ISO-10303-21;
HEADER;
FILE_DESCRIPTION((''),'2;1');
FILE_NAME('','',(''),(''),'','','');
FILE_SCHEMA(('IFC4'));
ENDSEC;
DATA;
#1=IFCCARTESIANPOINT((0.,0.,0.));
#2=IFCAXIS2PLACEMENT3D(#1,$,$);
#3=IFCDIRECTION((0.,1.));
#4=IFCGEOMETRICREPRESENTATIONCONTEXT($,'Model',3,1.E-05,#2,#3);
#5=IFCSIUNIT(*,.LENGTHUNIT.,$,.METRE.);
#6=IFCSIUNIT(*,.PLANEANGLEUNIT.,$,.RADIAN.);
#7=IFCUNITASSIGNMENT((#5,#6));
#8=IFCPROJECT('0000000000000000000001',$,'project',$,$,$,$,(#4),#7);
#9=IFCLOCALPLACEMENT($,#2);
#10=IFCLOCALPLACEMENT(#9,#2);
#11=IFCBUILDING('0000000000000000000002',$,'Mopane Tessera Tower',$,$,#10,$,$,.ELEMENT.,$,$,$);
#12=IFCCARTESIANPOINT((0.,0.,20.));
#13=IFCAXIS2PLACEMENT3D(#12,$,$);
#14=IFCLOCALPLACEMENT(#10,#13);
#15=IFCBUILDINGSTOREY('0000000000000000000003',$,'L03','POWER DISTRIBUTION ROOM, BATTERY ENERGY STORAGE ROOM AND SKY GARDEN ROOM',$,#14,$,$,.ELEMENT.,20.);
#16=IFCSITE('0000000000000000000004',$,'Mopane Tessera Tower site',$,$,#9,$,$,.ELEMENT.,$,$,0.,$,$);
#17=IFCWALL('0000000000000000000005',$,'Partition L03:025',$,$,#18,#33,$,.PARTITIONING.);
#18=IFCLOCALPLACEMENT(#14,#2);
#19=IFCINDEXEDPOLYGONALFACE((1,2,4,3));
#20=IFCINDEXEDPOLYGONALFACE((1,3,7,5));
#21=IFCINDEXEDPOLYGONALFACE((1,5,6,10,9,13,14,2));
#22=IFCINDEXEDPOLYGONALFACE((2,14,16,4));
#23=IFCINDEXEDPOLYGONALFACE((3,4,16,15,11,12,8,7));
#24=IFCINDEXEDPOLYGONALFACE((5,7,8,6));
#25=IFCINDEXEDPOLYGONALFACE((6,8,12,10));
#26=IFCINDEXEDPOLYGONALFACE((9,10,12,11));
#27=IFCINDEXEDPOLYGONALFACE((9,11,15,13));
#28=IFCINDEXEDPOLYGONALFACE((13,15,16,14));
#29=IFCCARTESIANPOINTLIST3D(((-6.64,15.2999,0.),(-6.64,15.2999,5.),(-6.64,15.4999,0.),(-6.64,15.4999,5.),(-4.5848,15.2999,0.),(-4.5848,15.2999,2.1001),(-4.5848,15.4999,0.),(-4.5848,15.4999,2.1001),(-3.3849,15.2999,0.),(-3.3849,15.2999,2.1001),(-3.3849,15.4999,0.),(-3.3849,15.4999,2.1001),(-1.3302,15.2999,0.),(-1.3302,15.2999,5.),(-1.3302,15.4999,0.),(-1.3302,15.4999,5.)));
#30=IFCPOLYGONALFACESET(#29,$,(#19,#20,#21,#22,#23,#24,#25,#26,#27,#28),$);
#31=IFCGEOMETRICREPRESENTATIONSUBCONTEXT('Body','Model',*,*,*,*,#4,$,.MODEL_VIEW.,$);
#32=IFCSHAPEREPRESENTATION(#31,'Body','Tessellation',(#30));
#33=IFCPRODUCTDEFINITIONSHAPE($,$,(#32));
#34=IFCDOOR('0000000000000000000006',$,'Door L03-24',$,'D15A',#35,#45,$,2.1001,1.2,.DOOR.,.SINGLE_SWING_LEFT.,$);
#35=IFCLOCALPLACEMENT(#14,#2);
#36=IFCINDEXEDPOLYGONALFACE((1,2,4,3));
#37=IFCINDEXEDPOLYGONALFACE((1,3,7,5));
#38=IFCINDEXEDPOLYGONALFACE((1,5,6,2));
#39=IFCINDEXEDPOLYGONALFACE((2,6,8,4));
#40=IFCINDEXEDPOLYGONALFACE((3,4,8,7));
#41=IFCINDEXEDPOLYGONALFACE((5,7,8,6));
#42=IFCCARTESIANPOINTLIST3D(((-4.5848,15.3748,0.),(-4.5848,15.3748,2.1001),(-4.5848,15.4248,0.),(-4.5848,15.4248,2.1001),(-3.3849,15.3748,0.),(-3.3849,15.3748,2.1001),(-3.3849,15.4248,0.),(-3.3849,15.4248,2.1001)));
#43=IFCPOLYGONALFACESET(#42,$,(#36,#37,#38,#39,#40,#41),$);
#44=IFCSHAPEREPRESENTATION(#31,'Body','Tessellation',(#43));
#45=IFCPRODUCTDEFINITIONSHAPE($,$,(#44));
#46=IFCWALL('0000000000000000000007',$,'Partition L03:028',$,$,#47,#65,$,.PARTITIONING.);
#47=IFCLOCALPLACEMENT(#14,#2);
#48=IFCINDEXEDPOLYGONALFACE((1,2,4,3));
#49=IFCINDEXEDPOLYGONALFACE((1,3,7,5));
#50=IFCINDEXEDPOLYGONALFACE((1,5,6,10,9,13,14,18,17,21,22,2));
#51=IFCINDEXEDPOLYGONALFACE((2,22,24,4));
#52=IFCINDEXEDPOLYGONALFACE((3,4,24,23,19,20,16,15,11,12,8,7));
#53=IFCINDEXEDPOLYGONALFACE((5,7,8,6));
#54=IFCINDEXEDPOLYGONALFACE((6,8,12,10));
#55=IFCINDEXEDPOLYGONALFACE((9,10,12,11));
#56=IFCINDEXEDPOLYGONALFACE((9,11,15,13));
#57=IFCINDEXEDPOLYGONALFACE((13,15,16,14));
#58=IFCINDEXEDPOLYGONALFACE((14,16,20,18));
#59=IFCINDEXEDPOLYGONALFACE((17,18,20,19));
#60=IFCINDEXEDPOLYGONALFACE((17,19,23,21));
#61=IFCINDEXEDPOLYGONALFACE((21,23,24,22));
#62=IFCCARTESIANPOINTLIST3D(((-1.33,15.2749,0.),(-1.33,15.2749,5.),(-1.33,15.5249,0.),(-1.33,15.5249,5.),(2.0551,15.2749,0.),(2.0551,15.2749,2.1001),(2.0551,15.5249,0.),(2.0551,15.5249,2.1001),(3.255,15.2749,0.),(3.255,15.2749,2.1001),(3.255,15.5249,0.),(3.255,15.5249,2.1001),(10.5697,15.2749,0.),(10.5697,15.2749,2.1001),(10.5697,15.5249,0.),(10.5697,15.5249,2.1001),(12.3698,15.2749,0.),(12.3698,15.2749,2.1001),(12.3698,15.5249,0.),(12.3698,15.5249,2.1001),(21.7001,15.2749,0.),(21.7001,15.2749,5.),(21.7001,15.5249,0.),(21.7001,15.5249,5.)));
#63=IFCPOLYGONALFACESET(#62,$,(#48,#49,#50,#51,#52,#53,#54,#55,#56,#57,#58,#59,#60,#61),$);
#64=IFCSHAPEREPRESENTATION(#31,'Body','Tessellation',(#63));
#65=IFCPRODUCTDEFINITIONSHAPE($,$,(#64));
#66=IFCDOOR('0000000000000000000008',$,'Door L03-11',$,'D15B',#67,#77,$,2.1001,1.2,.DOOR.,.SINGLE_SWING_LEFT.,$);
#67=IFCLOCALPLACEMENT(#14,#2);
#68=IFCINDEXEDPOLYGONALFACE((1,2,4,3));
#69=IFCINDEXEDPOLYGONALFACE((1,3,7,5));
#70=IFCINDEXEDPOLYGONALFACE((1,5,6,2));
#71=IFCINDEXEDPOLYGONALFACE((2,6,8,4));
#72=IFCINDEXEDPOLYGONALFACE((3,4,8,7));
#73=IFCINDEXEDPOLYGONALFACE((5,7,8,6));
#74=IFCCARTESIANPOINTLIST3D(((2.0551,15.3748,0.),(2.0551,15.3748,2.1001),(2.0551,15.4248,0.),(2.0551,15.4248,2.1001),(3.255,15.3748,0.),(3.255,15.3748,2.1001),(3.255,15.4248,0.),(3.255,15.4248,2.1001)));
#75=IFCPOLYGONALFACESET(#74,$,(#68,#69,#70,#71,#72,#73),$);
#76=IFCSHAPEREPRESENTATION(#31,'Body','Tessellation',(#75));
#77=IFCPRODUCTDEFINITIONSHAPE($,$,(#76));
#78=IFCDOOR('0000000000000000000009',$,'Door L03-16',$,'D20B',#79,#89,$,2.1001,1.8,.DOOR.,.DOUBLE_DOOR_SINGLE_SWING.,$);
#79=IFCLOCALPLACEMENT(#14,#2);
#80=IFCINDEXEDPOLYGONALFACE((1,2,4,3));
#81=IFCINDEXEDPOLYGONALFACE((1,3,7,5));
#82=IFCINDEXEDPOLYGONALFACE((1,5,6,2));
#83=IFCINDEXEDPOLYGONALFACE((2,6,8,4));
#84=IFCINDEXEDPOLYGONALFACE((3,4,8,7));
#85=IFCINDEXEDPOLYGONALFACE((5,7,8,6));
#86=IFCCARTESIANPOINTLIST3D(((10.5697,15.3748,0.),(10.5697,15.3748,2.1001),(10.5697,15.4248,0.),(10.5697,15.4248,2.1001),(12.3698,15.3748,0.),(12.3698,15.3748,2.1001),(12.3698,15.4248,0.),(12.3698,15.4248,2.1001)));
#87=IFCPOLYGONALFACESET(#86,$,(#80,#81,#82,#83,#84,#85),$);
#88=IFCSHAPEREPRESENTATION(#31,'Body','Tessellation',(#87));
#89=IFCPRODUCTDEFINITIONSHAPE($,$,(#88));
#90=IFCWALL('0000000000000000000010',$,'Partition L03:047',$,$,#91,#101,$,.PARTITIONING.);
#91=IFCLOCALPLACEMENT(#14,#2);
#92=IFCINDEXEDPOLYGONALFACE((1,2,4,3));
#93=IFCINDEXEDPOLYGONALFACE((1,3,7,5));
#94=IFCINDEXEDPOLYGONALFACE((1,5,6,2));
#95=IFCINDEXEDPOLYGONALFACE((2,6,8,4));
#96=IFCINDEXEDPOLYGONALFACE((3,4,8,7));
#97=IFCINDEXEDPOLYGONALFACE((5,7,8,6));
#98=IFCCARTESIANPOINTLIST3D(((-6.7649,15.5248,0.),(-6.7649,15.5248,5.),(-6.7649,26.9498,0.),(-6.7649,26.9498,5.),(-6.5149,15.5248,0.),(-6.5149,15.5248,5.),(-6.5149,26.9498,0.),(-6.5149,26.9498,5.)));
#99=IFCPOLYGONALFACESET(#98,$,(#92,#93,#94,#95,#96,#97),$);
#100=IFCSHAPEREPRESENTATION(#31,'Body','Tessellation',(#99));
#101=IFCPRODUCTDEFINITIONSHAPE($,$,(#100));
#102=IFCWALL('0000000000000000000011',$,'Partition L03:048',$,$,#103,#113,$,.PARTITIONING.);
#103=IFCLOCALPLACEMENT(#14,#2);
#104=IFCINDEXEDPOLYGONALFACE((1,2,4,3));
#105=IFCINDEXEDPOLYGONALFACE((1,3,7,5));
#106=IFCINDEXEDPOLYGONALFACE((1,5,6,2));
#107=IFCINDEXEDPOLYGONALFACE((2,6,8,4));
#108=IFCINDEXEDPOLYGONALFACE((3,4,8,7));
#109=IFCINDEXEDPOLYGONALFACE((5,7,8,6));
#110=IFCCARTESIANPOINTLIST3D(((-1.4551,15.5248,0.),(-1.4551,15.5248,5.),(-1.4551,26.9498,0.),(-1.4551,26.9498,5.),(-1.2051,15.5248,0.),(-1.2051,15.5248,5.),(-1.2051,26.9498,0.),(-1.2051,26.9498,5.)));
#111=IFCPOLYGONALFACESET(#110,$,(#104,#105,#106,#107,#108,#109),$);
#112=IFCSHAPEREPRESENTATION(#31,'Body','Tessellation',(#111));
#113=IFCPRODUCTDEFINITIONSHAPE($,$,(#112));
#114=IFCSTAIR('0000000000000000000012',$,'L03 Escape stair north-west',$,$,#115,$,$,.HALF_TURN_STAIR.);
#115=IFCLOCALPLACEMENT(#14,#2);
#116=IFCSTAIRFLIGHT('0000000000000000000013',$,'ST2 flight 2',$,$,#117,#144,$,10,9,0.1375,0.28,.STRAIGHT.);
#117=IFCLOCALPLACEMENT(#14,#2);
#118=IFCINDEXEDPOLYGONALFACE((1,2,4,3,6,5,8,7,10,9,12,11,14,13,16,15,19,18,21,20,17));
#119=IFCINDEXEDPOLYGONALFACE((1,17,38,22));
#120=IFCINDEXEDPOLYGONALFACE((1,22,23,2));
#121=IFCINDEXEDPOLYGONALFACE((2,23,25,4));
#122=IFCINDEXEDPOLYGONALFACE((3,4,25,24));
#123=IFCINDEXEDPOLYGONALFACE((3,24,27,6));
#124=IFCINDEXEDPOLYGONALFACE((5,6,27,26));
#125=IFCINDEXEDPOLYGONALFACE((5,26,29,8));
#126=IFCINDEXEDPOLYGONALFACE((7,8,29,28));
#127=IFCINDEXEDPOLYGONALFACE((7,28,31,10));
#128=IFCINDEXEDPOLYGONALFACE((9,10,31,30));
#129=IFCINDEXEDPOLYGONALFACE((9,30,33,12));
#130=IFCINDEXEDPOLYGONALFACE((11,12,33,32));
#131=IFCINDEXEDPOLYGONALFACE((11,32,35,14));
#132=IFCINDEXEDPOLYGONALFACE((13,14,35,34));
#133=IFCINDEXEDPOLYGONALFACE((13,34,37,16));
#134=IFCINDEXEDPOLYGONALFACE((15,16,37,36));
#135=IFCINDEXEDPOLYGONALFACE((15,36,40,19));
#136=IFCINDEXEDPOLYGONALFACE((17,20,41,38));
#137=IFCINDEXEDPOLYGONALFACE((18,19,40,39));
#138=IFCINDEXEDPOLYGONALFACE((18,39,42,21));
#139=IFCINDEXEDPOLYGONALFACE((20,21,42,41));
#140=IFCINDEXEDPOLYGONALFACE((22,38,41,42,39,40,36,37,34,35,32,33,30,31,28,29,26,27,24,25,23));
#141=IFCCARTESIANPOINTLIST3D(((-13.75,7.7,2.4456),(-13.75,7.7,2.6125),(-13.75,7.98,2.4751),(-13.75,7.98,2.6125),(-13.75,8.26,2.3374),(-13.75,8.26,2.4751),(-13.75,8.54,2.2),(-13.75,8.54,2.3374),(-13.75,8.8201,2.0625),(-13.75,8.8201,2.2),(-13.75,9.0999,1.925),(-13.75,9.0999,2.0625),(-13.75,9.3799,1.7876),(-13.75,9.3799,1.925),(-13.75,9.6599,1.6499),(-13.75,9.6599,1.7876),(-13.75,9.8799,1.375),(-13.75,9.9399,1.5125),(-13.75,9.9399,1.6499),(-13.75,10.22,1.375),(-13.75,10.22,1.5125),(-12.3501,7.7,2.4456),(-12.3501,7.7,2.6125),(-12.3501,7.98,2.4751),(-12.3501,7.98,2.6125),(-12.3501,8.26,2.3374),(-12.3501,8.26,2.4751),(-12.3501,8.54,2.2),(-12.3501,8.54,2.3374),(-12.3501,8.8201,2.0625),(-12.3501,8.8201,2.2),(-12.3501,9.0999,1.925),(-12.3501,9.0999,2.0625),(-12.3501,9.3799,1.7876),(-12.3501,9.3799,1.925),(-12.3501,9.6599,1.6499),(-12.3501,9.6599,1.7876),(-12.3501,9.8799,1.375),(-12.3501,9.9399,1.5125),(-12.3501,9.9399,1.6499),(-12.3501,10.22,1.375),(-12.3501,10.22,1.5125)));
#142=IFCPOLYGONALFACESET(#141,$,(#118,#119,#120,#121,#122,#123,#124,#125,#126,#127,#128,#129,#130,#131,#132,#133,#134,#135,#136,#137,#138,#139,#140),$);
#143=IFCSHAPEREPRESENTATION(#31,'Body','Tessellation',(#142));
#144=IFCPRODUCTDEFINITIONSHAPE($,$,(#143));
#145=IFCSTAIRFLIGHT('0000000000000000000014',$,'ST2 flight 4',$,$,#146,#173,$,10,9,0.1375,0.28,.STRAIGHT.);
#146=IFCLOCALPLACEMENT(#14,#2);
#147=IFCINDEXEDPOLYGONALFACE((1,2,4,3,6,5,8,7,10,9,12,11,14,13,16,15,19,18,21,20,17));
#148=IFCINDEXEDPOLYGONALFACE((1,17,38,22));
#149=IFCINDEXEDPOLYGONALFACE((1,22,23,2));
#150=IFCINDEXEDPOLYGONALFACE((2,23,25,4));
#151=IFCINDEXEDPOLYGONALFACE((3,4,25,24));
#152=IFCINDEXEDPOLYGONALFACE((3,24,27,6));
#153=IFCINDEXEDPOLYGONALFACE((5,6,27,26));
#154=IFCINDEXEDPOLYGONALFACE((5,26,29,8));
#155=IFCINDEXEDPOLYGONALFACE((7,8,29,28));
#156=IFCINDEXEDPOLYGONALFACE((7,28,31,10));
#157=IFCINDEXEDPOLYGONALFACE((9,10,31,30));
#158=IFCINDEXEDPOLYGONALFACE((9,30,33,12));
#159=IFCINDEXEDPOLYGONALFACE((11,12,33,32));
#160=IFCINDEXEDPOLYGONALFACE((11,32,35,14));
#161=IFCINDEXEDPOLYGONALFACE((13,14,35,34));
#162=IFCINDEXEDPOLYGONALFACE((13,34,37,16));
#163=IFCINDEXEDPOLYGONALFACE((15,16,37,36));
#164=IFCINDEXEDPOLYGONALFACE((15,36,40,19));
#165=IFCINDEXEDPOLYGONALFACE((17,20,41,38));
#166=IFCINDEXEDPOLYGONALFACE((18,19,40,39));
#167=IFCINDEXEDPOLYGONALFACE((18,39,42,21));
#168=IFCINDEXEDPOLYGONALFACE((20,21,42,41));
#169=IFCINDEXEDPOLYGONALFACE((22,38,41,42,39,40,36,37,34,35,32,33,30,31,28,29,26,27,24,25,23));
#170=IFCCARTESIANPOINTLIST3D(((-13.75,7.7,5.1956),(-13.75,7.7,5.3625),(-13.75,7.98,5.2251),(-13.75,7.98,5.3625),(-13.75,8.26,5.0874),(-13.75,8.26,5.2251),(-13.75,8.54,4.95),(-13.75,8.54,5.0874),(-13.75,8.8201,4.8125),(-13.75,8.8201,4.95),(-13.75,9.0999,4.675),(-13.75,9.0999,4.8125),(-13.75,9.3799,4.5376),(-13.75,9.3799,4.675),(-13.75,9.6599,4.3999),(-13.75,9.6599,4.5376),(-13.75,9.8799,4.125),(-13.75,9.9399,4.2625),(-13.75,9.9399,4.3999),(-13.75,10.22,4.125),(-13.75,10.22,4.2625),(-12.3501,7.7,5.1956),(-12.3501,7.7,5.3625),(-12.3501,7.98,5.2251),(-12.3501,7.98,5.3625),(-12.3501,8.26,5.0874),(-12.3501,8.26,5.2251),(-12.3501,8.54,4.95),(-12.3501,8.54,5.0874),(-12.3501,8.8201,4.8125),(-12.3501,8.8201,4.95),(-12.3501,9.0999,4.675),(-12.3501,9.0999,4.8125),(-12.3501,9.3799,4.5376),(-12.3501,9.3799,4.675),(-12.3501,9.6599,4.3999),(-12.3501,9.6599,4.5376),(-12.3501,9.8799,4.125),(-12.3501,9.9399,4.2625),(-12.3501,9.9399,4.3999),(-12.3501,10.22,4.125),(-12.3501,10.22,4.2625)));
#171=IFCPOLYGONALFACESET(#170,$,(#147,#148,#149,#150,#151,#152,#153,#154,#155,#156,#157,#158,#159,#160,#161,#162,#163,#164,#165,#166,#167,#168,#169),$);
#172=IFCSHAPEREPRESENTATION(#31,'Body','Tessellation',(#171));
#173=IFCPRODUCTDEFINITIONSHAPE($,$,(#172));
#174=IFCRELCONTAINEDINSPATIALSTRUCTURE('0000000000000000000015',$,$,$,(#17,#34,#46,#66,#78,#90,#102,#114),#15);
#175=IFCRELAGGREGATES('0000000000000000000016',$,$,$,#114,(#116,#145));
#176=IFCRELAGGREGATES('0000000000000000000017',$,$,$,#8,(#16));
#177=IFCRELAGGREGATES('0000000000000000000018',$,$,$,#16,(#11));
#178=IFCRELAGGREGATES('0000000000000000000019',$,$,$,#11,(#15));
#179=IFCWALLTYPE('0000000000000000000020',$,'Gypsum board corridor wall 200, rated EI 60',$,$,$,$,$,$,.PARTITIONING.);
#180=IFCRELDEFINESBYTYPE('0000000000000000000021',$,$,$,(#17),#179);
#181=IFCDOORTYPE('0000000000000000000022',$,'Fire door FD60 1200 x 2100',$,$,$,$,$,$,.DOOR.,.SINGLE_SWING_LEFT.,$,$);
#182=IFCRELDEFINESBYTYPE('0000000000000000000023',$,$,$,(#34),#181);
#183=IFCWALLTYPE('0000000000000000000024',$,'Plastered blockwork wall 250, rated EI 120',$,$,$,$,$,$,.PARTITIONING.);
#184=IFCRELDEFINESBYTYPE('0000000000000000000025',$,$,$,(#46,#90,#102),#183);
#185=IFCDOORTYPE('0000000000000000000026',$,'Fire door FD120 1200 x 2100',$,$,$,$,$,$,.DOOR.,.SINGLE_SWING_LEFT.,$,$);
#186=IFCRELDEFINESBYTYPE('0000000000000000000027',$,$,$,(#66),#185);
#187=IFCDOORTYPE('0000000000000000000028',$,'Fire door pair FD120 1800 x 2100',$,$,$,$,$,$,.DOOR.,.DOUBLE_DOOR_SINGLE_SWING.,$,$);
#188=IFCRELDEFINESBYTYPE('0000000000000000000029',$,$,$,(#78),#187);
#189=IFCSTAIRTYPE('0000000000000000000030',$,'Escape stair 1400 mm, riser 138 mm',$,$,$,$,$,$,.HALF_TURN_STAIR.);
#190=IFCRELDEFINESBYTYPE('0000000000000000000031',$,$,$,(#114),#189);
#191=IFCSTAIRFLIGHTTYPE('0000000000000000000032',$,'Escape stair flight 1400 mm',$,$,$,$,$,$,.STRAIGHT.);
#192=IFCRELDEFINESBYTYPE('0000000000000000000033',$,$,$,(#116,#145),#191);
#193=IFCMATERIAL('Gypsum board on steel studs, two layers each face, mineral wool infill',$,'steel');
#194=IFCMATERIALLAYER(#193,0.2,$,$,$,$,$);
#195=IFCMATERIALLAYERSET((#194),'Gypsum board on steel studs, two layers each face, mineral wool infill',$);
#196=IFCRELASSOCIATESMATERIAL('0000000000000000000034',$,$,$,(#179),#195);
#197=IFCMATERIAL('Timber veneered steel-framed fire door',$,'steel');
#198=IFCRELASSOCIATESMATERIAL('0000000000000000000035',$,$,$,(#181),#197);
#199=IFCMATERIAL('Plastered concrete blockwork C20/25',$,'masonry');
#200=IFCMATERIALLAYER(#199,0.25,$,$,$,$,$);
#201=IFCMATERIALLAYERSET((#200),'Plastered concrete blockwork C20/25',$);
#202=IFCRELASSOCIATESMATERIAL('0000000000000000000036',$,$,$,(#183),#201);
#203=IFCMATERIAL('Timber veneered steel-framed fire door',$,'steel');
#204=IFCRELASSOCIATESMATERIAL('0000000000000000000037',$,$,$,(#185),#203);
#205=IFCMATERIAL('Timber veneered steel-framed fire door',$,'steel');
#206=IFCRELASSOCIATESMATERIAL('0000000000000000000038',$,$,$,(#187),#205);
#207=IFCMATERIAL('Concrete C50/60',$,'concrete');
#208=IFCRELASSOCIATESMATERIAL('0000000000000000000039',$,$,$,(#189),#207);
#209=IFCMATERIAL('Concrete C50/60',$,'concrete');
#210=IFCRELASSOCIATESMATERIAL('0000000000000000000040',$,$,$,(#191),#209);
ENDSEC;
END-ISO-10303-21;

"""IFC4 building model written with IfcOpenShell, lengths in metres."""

from ifc_helpers import new_model, si_unit, direction, frame, frame_2d, origin, place, context, subcontext, project, spatial, polyline, rectangle, outline, extrude, material, layer, layer_set, type_object, element, fill, aggregate, save


model = new_model("IFC4")

# Units and contexts
model_context = context("Model", 3, precision=1e-05, world=origin(), true_north=direction((0.0, 1.0)))
body_context = subcontext(model_context, "Body", "Model", "MODEL_VIEW")
ifc_project = project(units=[si_unit("LENGTHUNIT", "METRE"), si_unit("PLANEANGLEUNIT", "RADIAN")], contexts=[model_context])

# Site, building, storey
site_placement = place(None, origin())
site = spatial("IfcSite", under=ifc_project, at=site_placement, Name="Mopane Tessera Tower site", CompositionType="ELEMENT", RefElevation=0.0)
building_placement = place(site_placement, origin())
building = spatial("IfcBuilding", under=site, at=building_placement, Name="Mopane Tessera Tower", CompositionType="ELEMENT")
storey_placement = place(building_placement, frame((0.0, 0.0, 20.0)))
storey = spatial("IfcBuildingStorey", under=building, at=storey_placement, Name="L03", Description="POWER DISTRIBUTION ROOM, BATTERY ENERGY STORAGE ROOM AND SKY GARDEN ROOM", CompositionType="ELEMENT", Elevation=20.0)

# Wall, opening, door
ifc_material_1 = material(Name="Gypsum board on steel studs, two layers each face, mineral wool infill", Category="steel")
ifc_layer_1 = layer(ifc_material_1, 0.2)
ifc_layer_set_1 = layer_set([ifc_layer_1], Name="Gypsum board on steel studs, two layers each face, mineral wool infill")
wall_type_1 = type_object("IfcWallType", Name="Gypsum board corridor wall 200, rated EI 60", PredefinedType="PARTITIONING", material=ifc_layer_set_1)
wall_1_placement = place(storey_placement, frame((-6.6399, 15.3999, 0.0), z_axis=(0.0, 0.0, 1.0), x_axis=(1.0, 0.0, 0.0)))
wall_1 = element("IfcWall", 1, at=wall_1_placement, inside=storey, type_object=wall_type_1, Name="Partition L03:025", PredefinedType="PARTITIONING", context=body_context, shape_type="SweptSolid", body=[
    extrude(rectangle(XDim=5.3098, YDim=0.2, at=frame_2d((2.6548, 0.0))), origin(), (0.0, 0.0, 1.0), 5.0),
])
opening_1_placement = place(wall_1_placement, frame((2.0549, 0.0, 0.0)))
opening_1 = element("IfcOpeningElement", 2, at=opening_1_placement, cuts=wall_1, PredefinedType="OPENING", context=body_context, shape_type="SweptSolid", body=[
    extrude(rectangle(XDim=1.2, YDim=2.1001, at=frame_2d((0.6001, 1.05))), frame((0.0, 0.1121, 0.0), z_axis=(0.0, -1.0, 0.0), x_axis=(1.0, 0.0, 0.0)), (0.0, 0.0, 1.0), 0.2239),
])
ifc_material_2 = material(Name="Timber veneered steel-framed fire door", Category="steel")
door_type_1 = type_object("IfcDoorType", Name="Fire door FD60 1200 x 2100", OperationType="SINGLE_SWING_LEFT", PredefinedType="DOOR", material=ifc_material_2)
door_1_placement = place(opening_1_placement, origin())
door_1 = element("IfcDoor", 3, at=door_1_placement, inside=storey, type_object=door_type_1, Name="Door L03-24", ObjectType="D15A", OperationType="SINGLE_SWING_LEFT", OverallHeight=2.1001, OverallWidth=1.2, PredefinedType="DOOR", context=body_context, shape_type="SweptSolid", body=[
    extrude(rectangle(XDim=1.2, YDim=2.1001, at=frame_2d((0.6001, 1.05))), frame((0.0, 0.0249, 0.0), z_axis=(0.0, -1.0, 0.0), x_axis=(1.0, 0.0, 0.0)), (0.0, 0.0, 1.0), 0.05),
])
fill(opening_1, door_1)

# Wall, openings, doors
ifc_material_3 = material(Name="Plastered concrete blockwork C20/25", Category="masonry")
ifc_layer_2 = layer(ifc_material_3, 0.25)
ifc_layer_set_2 = layer_set([ifc_layer_2], Name="Plastered concrete blockwork C20/25")
wall_type_2 = type_object("IfcWallType", Name="Plastered blockwork wall 250, rated EI 120", PredefinedType="PARTITIONING", material=ifc_layer_set_2)
wall_2_placement = place(storey_placement, frame((-1.3301, 15.3999, 0.0), z_axis=(0.0, 0.0, 1.0), x_axis=(1.0, 0.0, 0.0)))
wall_2 = element("IfcWall", 4, at=wall_2_placement, inside=storey, type_object=wall_type_2, Name="Partition L03:028", PredefinedType="PARTITIONING", context=body_context, shape_type="SweptSolid", body=[
    extrude(rectangle(XDim=23.03, YDim=0.25, at=frame_2d((11.5151, 0.0))), origin(), (0.0, 0.0, 1.0), 5.0),
])
opening_2_placement = place(wall_2_placement, frame((3.385, 0.0, 0.0)))
opening_2 = element("IfcOpeningElement", 5, at=opening_2_placement, cuts=wall_2, PredefinedType="OPENING", context=body_context, shape_type="SweptSolid", body=[
    extrude(rectangle(XDim=1.2, YDim=2.1001, at=frame_2d((0.6001, 1.05))), frame((0.0, 0.137, 0.0), z_axis=(0.0, -1.0, 0.0), x_axis=(1.0, 0.0, 0.0)), (0.0, 0.0, 1.0), 0.2739),
])
opening_3_placement = place(wall_2_placement, frame((11.8999, 0.0, 0.0)))
opening_3 = element("IfcOpeningElement", 6, at=opening_3_placement, cuts=wall_2, PredefinedType="OPENING", context=body_context, shape_type="SweptSolid", body=[
    extrude(rectangle(XDim=1.8, YDim=2.1001, at=frame_2d((0.8999, 1.05))), frame((0.0, 0.137, 0.0), z_axis=(0.0, -1.0, 0.0), x_axis=(1.0, 0.0, 0.0)), (0.0, 0.0, 1.0), 0.2739),
])
ifc_material_4 = material(Name="Timber veneered steel-framed fire door", Category="steel")
door_type_2 = type_object("IfcDoorType", Name="Fire door FD120 1200 x 2100", OperationType="SINGLE_SWING_LEFT", PredefinedType="DOOR", material=ifc_material_4)
door_2_placement = place(opening_2_placement, origin())
door_2 = element("IfcDoor", 7, at=door_2_placement, inside=storey, type_object=door_type_2, Name="Door L03-11", ObjectType="D15B", OperationType="SINGLE_SWING_LEFT", OverallHeight=2.1001, OverallWidth=1.2, PredefinedType="DOOR", context=body_context, shape_type="SweptSolid", body=[
    extrude(rectangle(XDim=1.2, YDim=2.1001, at=frame_2d((0.6001, 1.05))), frame((0.0, 0.0249, 0.0), z_axis=(0.0, -1.0, 0.0), x_axis=(1.0, 0.0, 0.0)), (0.0, 0.0, 1.0), 0.05),
])
fill(opening_2, door_2)
ifc_material_5 = material(Name="Timber veneered steel-framed fire door", Category="steel")
door_type_3 = type_object("IfcDoorType", Name="Fire door pair FD120 1800 x 2100", OperationType="DOUBLE_DOOR_SINGLE_SWING", PredefinedType="DOOR", material=ifc_material_5)
door_3_placement = place(opening_3_placement, origin())
door_3 = element("IfcDoor", 8, at=door_3_placement, inside=storey, type_object=door_type_3, Name="Door L03-16", ObjectType="D20B", OperationType="DOUBLE_DOOR_SINGLE_SWING", OverallHeight=2.1001, OverallWidth=1.8, PredefinedType="DOOR", context=body_context, shape_type="SweptSolid", body=[
    extrude(rectangle(XDim=1.8, YDim=2.1001, at=frame_2d((0.8999, 1.05))), frame((0.0, 0.0249, 0.0), z_axis=(0.0, -1.0, 0.0), x_axis=(1.0, 0.0, 0.0)), (0.0, 0.0, 1.0), 0.05),
])
fill(opening_3, door_3)

# Walls
for number, where, z_axis, x_axis, name in (
    (9, (-6.6399, 15.5249, 0.0), (0.0, 0.0, 1.0), (0.0, 1.0, 0.0), "Partition L03:047"),
    (10, (-1.3301, 15.5249, 0.0), (0.0, 0.0, 1.0), (0.0, 1.0, 0.0), "Partition L03:048"),
):
    element("IfcWall", number, at=place(storey_placement, frame(where, z_axis=z_axis, x_axis=x_axis)), inside=storey, type_object=wall_type_2, Name=name, PredefinedType="PARTITIONING", context=body_context, shape_type="SweptSolid", body=[
        extrude(rectangle(XDim=11.425, YDim=0.25, at=frame_2d((5.7124, 0.0))), origin(), (0.0, 0.0, 1.0), 5.0),
    ])

# Stair, stair flights
ifc_material_6 = material(Name="Concrete C50/60", Category="concrete")
stair_type = type_object("IfcStairType", Name="Escape stair 1400 mm, riser 138 mm", PredefinedType="HALF_TURN_STAIR", material=ifc_material_6)
stair_placement = place(storey_placement, origin())
stair = element("IfcStair", 11, at=stair_placement, inside=storey, type_object=stair_type, Name="L03 Escape stair north-west", PredefinedType="HALF_TURN_STAIR")
ifc_material_7 = material(Name="Concrete C50/60", Category="concrete")
stair_flight_type = type_object("IfcStairFlightType", Name="Escape stair flight 1400 mm", PredefinedType="STRAIGHT", material=ifc_material_7)
stair_flight_1_placement = place(storey_placement, frame((-13.05, 10.22, 1.375), z_axis=(0.0, 0.0, 1.0), x_axis=(0.0, -1.0, 0.0)))
stair_flight_1 = element("IfcStairFlight", 12, at=stair_flight_1_placement, type_object=stair_flight_type, Name="ST2 flight 2", NumberOfRisers=10, NumberOfTreads=9, PredefinedType="STRAIGHT", RiserHeight=0.1375, TreadLength=0.28, context=body_context, shape_type="SweptSolid", body=[
    extrude(outline(polyline([(0.0, 0.0), (0.0, 0.1375), (0.28, 0.1375), (0.28, 0.2749), (0.5601, 0.2749), (0.5601, 0.4126), (0.8401, 0.4126), (0.8401, 0.55), (1.1201, 0.55), (1.1201, 0.6875), (1.3999, 0.6875), (1.3999, 0.825), (1.6799, 0.825), (1.6799, 0.9624), (1.96, 0.9624), (1.96, 1.1001), (2.24, 1.1001), (2.24, 1.2375), (2.52, 1.2375), (2.52, 1.375), (2.52, 1.0706), (0.3401, 0.0), (0.0, 0.0)])), frame((0.0, 0.7, 0.0), z_axis=(0.0, -1.0, 0.0), x_axis=(1.0, 0.0, 0.0)), (0.0, 0.0, 1.0), 1.3999),
])
stair_flight_2_placement = place(storey_placement, frame((-13.05, 10.22, 4.125), z_axis=(0.0, 0.0, 1.0), x_axis=(0.0, -1.0, 0.0)))
stair_flight_2 = element("IfcStairFlight", 13, at=stair_flight_2_placement, type_object=stair_flight_type, Name="ST2 flight 4", NumberOfRisers=10, NumberOfTreads=9, PredefinedType="STRAIGHT", RiserHeight=0.1375, TreadLength=0.28, context=body_context, shape_type="SweptSolid", body=[
    extrude(outline(polyline([(0.0, 0.0), (0.0, 0.1375), (0.28, 0.1375), (0.28, 0.2749), (0.5601, 0.2749), (0.5601, 0.4126), (0.8401, 0.4126), (0.8401, 0.55), (1.1201, 0.55), (1.1201, 0.6875), (1.3999, 0.6875), (1.3999, 0.825), (1.6799, 0.825), (1.6799, 0.9624), (1.96, 0.9624), (1.96, 1.1001), (2.24, 1.1001), (2.24, 1.2375), (2.52, 1.2375), (2.52, 1.375), (2.52, 1.0706), (0.3401, 0.0), (0.0, 0.0)])), frame((0.0, 0.7, 0.0), z_axis=(0.0, -1.0, 0.0), x_axis=(1.0, 0.0, 0.0)), (0.0, 0.0, 1.0), 1.3999),
])
aggregate(stair, [stair_flight_1, stair_flight_2])

save(model, "model.ifc")
